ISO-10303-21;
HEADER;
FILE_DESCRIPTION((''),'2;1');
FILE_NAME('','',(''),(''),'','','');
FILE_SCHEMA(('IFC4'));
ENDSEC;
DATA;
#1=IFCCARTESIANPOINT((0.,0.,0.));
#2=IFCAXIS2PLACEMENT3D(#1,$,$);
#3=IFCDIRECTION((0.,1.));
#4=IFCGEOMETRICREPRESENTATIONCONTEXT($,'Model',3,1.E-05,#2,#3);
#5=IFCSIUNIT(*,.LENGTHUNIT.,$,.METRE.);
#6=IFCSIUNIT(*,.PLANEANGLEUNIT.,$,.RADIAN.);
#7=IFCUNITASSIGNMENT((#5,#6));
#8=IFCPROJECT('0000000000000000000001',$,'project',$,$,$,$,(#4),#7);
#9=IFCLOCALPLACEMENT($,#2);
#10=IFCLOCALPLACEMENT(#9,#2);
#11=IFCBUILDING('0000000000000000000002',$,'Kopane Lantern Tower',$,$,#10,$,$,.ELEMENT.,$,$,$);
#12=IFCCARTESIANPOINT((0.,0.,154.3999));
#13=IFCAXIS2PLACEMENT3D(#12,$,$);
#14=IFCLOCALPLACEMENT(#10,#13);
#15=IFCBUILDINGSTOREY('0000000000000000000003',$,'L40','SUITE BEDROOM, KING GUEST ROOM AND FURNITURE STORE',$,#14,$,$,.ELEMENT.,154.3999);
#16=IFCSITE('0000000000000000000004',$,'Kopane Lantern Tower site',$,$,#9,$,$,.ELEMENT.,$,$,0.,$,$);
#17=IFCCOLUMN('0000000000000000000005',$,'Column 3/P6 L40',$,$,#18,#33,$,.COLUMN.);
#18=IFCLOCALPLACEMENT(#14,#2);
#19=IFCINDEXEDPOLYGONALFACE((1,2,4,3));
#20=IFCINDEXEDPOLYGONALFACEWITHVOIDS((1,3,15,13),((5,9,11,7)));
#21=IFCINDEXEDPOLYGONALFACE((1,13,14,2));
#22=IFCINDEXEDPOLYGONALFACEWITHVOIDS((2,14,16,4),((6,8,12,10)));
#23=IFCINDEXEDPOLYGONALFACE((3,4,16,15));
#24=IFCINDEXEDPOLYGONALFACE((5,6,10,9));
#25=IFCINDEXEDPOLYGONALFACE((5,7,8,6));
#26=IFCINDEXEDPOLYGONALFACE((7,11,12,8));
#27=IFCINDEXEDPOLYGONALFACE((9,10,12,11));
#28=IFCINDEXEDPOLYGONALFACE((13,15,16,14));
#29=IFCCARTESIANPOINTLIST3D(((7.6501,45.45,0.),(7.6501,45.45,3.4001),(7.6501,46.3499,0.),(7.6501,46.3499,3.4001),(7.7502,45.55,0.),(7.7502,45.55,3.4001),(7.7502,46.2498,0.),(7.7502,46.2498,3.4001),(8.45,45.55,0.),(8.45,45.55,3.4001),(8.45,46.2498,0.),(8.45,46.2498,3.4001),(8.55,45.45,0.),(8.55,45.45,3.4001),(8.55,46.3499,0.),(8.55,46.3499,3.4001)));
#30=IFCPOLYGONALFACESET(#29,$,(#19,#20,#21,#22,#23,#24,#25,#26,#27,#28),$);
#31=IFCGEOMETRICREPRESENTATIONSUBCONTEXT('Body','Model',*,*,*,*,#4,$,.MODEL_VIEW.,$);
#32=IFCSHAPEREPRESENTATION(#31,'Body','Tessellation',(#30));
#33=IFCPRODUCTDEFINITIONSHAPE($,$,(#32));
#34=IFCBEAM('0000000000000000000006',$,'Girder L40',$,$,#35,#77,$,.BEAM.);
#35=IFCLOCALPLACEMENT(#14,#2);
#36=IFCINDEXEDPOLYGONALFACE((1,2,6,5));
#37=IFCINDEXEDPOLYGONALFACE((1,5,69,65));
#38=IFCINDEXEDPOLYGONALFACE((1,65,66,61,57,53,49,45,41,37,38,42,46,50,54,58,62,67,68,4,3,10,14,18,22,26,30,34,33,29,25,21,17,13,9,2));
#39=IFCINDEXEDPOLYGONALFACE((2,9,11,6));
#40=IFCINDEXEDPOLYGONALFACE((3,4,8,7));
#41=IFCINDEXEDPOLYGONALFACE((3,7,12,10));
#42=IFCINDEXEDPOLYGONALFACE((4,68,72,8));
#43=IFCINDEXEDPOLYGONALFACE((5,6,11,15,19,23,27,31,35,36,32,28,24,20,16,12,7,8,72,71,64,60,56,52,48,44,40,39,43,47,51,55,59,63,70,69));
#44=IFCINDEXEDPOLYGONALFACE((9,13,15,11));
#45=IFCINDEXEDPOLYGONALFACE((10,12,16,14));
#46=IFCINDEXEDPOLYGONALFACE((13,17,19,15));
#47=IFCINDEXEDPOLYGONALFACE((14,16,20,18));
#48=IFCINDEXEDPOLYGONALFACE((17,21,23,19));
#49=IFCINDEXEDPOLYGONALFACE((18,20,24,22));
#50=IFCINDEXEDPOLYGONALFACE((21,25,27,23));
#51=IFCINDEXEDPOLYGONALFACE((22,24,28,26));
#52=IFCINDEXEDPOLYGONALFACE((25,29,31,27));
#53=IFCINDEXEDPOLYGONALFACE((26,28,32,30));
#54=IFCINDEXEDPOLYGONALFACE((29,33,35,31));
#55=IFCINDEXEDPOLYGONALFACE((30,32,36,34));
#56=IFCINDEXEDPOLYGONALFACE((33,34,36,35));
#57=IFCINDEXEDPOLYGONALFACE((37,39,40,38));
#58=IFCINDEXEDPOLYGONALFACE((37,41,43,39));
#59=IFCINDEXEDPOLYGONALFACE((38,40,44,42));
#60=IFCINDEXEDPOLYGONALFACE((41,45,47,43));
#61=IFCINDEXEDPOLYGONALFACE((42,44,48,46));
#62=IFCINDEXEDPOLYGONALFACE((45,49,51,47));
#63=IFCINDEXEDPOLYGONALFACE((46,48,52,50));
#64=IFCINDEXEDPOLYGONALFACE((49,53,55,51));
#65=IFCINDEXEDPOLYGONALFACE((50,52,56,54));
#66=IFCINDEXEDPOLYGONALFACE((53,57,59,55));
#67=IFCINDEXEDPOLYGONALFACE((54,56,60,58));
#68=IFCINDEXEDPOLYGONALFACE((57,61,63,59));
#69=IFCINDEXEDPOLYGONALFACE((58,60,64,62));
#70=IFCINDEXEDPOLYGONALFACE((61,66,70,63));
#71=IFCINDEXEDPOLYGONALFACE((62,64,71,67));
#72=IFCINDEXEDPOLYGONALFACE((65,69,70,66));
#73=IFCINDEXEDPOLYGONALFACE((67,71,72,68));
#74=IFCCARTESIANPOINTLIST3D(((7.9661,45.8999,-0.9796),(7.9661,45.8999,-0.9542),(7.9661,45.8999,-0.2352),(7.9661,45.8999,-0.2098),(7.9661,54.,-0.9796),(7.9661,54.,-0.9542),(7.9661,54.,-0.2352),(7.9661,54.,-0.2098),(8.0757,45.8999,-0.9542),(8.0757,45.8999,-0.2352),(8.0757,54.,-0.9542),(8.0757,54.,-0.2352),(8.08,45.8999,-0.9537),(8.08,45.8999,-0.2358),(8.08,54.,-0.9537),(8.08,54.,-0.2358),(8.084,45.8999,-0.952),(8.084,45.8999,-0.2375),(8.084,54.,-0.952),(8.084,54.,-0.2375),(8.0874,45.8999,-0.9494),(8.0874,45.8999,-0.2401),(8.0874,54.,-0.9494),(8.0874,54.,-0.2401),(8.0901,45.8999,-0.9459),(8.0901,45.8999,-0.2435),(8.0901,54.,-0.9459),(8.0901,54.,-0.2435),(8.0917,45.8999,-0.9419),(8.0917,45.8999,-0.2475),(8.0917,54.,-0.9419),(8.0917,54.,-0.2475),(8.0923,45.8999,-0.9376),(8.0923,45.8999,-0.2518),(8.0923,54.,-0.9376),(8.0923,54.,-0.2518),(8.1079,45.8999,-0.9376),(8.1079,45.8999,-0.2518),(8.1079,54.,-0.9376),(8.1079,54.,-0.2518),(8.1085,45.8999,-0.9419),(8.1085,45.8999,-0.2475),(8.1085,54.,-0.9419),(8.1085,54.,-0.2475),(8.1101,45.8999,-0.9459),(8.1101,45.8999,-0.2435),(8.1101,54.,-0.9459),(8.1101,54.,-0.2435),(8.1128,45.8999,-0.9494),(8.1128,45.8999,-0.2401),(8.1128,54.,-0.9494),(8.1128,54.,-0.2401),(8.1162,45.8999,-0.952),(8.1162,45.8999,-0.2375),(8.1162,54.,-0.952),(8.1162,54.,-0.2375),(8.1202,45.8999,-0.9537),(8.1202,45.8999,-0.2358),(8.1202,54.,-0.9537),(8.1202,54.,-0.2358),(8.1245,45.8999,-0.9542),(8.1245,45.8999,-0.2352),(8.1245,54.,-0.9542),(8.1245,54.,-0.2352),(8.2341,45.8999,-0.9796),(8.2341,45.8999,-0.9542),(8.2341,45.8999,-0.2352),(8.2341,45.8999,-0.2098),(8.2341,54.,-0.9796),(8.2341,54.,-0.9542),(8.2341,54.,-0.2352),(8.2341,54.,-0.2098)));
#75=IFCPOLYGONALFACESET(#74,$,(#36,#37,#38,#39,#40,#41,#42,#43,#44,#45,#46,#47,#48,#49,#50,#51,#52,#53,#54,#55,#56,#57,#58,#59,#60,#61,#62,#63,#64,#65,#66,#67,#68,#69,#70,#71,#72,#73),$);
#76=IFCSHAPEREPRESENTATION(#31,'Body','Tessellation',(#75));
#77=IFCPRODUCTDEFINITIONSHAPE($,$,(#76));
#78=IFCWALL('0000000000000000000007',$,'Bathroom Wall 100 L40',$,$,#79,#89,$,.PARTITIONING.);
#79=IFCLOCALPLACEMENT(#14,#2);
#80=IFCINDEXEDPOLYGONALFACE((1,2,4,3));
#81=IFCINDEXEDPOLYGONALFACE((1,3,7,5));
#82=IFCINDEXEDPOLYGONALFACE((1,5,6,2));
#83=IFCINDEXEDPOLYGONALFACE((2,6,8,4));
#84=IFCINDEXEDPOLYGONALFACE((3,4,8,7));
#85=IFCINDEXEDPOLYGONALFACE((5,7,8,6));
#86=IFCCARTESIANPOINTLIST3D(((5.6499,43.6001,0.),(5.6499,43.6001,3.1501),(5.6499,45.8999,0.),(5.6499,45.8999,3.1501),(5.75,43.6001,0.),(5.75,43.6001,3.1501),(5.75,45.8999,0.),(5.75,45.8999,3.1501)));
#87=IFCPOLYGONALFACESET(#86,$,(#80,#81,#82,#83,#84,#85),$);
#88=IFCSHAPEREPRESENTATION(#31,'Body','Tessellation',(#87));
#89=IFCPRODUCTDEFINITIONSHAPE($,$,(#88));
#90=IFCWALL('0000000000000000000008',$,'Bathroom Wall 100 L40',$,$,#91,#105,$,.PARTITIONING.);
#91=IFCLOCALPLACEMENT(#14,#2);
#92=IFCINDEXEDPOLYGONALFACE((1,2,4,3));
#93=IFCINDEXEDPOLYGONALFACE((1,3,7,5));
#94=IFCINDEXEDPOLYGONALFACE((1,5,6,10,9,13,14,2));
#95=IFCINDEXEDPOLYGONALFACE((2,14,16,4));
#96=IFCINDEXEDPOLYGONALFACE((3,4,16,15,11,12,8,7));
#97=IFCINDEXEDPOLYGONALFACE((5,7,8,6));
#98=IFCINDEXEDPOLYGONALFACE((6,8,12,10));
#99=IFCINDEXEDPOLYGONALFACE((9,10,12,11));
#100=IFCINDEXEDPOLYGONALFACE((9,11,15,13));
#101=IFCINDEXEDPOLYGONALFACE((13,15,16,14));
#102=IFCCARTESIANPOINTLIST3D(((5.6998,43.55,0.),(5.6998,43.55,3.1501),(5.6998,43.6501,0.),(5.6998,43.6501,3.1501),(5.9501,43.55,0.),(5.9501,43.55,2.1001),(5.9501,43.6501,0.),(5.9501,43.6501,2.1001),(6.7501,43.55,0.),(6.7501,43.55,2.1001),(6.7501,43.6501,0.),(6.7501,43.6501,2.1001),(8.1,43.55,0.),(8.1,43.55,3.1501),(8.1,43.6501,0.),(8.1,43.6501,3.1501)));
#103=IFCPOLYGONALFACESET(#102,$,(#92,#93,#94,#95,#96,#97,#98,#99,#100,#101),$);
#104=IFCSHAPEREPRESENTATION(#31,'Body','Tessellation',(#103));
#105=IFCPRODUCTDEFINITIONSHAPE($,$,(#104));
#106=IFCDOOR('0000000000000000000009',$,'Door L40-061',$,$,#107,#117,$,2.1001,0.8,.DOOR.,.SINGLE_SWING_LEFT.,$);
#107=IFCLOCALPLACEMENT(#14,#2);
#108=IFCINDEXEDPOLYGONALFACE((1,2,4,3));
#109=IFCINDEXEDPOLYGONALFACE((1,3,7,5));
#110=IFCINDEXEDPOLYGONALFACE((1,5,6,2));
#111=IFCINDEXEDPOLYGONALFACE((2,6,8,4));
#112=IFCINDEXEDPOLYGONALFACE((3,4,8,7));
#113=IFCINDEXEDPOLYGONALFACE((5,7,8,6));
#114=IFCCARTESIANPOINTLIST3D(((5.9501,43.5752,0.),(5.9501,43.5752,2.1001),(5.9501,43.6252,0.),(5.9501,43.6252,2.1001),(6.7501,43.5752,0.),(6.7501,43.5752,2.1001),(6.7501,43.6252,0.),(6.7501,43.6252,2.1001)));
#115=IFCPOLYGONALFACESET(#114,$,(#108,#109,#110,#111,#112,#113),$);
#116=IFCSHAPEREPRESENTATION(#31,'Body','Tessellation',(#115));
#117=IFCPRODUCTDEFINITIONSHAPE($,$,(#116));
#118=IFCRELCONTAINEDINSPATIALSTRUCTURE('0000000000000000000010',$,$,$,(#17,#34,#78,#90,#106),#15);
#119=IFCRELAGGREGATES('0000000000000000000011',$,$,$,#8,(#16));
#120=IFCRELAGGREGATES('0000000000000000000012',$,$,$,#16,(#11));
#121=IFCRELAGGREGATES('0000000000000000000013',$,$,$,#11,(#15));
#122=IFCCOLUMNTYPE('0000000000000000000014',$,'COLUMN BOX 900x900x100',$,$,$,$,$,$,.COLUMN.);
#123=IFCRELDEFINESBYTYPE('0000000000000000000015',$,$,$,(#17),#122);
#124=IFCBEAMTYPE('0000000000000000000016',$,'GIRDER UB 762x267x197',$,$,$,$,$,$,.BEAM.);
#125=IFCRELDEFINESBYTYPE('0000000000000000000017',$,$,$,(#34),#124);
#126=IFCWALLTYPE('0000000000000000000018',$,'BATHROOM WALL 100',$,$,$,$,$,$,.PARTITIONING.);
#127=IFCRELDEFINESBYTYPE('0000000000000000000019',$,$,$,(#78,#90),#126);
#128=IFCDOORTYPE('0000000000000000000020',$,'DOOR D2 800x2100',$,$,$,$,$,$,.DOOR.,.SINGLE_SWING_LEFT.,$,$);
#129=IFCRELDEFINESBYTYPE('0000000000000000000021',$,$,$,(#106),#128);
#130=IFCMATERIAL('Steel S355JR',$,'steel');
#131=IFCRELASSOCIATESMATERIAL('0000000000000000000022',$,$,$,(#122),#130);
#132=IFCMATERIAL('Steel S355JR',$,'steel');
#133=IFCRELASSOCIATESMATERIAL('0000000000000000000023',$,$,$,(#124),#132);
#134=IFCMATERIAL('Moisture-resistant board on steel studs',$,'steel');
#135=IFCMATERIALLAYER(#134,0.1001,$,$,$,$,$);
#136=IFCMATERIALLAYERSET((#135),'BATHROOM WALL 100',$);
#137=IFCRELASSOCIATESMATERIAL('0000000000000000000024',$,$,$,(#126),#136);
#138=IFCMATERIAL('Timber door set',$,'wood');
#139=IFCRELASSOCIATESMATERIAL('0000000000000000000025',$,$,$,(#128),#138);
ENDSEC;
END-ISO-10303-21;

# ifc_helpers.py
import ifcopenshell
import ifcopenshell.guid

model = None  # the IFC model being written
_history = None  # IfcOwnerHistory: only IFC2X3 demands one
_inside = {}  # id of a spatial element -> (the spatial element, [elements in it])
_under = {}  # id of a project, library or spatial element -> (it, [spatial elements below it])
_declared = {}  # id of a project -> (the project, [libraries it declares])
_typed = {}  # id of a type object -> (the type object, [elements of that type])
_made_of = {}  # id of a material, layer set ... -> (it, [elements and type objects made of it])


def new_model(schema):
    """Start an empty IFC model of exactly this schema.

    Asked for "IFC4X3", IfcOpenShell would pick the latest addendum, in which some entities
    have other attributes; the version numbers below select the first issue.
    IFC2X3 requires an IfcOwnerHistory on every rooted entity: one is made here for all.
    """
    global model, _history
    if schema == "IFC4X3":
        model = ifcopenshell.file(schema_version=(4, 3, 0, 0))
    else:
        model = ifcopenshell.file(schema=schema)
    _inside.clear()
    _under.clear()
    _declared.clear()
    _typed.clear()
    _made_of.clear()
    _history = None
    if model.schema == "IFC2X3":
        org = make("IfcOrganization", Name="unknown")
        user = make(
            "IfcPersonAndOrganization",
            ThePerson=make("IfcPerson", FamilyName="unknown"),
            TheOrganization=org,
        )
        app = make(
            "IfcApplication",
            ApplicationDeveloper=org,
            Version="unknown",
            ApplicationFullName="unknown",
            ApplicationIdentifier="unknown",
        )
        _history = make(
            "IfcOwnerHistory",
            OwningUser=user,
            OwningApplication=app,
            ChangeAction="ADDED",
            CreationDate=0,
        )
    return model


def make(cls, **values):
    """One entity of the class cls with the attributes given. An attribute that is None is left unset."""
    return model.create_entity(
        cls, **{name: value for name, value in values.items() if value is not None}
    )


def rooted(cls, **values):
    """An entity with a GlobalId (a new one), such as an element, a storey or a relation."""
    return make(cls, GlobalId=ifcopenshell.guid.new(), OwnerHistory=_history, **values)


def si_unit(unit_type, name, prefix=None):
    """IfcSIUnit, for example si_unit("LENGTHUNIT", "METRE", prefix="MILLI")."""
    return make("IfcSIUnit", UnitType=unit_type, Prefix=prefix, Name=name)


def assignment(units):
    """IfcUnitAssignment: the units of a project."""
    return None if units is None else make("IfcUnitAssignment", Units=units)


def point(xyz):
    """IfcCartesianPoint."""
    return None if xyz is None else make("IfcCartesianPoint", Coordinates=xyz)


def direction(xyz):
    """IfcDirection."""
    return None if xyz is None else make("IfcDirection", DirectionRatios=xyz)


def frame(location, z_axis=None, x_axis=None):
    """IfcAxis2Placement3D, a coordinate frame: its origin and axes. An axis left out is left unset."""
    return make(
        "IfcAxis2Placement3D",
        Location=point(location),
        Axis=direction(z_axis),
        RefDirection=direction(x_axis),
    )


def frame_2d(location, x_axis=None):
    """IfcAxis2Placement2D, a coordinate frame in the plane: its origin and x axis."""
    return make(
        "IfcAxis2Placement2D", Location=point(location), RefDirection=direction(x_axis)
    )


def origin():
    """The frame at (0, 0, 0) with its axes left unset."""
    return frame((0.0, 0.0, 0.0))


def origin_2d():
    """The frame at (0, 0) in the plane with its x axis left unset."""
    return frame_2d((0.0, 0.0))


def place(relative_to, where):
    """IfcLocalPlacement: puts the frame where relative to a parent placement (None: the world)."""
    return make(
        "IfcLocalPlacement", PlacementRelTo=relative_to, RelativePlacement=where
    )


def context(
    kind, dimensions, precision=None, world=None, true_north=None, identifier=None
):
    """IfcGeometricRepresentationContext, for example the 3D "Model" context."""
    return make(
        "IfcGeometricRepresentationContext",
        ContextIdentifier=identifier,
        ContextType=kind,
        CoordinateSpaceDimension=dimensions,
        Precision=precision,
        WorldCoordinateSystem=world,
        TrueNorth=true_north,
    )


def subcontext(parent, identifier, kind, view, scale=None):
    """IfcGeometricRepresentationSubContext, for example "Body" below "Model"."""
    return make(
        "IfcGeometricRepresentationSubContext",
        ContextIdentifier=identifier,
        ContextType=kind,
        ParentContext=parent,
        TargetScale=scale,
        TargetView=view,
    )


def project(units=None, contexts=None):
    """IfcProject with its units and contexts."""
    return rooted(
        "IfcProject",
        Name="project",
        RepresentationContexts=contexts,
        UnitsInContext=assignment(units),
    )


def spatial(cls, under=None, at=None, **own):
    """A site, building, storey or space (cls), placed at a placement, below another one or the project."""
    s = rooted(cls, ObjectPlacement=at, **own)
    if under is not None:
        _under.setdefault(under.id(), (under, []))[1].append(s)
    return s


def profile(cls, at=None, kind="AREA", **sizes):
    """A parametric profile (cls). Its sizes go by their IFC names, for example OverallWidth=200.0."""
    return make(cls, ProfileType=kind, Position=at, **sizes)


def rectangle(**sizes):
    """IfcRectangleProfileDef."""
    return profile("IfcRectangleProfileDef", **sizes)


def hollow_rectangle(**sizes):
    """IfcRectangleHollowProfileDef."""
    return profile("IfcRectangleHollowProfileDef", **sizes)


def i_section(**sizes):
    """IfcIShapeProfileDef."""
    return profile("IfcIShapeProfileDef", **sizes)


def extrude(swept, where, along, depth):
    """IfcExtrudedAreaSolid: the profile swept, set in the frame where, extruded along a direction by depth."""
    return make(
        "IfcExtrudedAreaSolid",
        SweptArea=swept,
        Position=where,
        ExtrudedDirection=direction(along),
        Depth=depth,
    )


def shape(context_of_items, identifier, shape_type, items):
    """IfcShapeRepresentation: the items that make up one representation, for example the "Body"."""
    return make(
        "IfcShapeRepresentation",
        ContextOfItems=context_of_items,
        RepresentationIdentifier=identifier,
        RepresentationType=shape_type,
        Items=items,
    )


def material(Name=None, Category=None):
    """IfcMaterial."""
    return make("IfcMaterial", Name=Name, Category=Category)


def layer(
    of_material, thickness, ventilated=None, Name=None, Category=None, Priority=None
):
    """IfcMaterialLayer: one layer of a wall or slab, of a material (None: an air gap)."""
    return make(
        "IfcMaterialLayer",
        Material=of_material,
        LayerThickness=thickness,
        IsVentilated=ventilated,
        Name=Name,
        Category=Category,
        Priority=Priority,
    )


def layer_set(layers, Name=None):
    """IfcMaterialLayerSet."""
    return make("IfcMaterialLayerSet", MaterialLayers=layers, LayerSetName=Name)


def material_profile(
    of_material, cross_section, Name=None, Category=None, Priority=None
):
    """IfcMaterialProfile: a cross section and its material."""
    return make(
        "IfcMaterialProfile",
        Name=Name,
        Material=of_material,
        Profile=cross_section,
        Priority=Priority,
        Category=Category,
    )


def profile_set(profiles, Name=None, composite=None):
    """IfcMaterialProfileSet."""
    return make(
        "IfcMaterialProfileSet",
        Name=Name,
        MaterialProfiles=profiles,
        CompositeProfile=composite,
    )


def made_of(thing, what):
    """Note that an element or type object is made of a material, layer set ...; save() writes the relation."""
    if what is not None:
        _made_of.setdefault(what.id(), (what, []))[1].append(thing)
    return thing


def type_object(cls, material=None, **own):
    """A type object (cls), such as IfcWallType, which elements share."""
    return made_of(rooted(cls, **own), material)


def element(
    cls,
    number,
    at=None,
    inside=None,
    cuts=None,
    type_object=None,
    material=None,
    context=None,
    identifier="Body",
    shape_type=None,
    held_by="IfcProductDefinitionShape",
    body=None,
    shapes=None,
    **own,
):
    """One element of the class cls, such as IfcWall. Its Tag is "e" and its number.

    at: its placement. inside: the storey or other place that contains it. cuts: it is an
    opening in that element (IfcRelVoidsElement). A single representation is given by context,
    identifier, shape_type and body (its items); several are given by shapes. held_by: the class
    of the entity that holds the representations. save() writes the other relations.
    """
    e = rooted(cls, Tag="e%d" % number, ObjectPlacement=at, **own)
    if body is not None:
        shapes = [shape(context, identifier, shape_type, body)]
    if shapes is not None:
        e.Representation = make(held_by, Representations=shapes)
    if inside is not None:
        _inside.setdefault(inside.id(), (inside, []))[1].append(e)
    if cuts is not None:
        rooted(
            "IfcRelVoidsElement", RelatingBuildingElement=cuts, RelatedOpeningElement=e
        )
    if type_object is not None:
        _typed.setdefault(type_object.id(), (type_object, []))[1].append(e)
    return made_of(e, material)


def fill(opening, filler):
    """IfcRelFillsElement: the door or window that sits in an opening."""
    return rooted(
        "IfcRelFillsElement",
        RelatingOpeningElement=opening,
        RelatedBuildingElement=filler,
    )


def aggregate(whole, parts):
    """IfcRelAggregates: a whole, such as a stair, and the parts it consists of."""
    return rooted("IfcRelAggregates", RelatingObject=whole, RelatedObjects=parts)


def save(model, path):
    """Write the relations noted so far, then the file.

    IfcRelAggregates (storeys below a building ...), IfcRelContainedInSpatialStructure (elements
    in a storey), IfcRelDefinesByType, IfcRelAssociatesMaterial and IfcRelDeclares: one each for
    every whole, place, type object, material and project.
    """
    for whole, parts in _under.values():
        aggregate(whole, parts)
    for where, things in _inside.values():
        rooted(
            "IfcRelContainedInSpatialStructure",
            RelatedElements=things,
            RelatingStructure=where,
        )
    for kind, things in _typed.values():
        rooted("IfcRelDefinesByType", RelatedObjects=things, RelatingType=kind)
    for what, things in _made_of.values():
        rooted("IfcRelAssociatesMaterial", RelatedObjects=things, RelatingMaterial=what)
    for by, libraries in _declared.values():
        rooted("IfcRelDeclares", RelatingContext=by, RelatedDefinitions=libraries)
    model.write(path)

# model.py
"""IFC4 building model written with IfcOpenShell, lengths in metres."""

from ifc_helpers import new_model, si_unit, direction, frame, frame_2d, origin, origin_2d, place, context, subcontext, project, spatial, rectangle, hollow_rectangle, i_section, extrude, material, layer, layer_set, material_profile, profile_set, type_object, element, fill, save


model = new_model("IFC4")

# Units and contexts
model_context = context("Model", 3, precision=1e-05, world=origin(), true_north=direction((0.0, 1.0)))
body_context = subcontext(model_context, "Body", "Model", "MODEL_VIEW")
ifc_project = project(units=[si_unit("LENGTHUNIT", "METRE"), si_unit("PLANEANGLEUNIT", "RADIAN")], contexts=[model_context])

# Site, building, storey
site_placement = place(None, origin())
site = spatial("IfcSite", under=ifc_project, at=site_placement, Name="Kopane Lantern Tower site", CompositionType="ELEMENT", RefElevation=0.0)
building_placement = place(site_placement, origin())
building = spatial("IfcBuilding", under=site, at=building_placement, Name="Kopane Lantern Tower", CompositionType="ELEMENT")
storey_placement = place(building_placement, frame((0.0, 0.0, 154.3999)))
storey = spatial("IfcBuildingStorey", under=building, at=storey_placement, Name="L40", Description="SUITE BEDROOM, KING GUEST ROOM AND FURNITURE STORE", CompositionType="ELEMENT", Elevation=154.3999)

# Column
ifc_material_1 = material(Name="Steel S355JR", Category="steel")
ifc_material_profile_1 = material_profile(ifc_material_1, hollow_rectangle(XDim=0.8999, YDim=0.8999, WallThickness=0.1001, at=origin_2d()), Name="BOX 900x900x100")
ifc_profile_set_1 = profile_set([ifc_material_profile_1], Name="Steel S355JR")
column_type = type_object("IfcColumnType", Name="COLUMN BOX 900x900x100", PredefinedType="COLUMN", material=ifc_profile_set_1)
column_placement = place(storey_placement, frame((8.1001, 45.8999, 0.0), z_axis=(0.0, 0.0, 1.0), x_axis=(1.0, 0.0, 0.0)))
element("IfcColumn", 1, at=column_placement, inside=storey, type_object=column_type, Name="Column 3/P6 L40", PredefinedType="COLUMN", context=body_context, shape_type="SweptSolid", body=[
    extrude(hollow_rectangle(XDim=0.8999, YDim=0.8999, WallThickness=0.1001, at=origin_2d()), origin(), (0.0, 0.0, 1.0), 3.4001),
])

# Beam
ifc_material_2 = material(Name="Steel S355JR", Category="steel")
ifc_material_profile_2 = material_profile(ifc_material_2, i_section(OverallWidth=0.2681, OverallDepth=0.7698, WebThickness=0.0156, FlangeThickness=0.0254, FilletRadius=0.0166, at=origin_2d()), Name="UB 762x267x197")
ifc_profile_set_2 = profile_set([ifc_material_profile_2], Name="Steel S355JR")
beam_type = type_object("IfcBeamType", Name="GIRDER UB 762x267x197", PredefinedType="BEAM", material=ifc_profile_set_2)
beam_placement = place(storey_placement, frame((8.1001, 45.8999, -0.5947), z_axis=(0.0, 1.0, 0.0), x_axis=(-1.0, 0.0, 0.0)))
element("IfcBeam", 2, at=beam_placement, inside=storey, type_object=beam_type, Name="Girder L40", PredefinedType="BEAM", context=body_context, shape_type="SweptSolid", body=[
    extrude(i_section(OverallWidth=0.2681, OverallDepth=0.7698, WebThickness=0.0156, FlangeThickness=0.0254, FilletRadius=0.0166, at=origin_2d()), origin(), (0.0, 0.0, 1.0), 8.1001),
])

# Wall
ifc_material_3 = material(Name="Moisture-resistant board on steel studs", Category="steel")
ifc_layer_1 = layer(ifc_material_3, 0.1001)
ifc_layer_set_1 = layer_set([ifc_layer_1], Name="BATHROOM WALL 100")
wall_type_1 = type_object("IfcWallType", Name="BATHROOM WALL 100", PredefinedType="PARTITIONING", material=ifc_layer_set_1)
wall_1_placement = place(storey_placement, frame((5.7, 43.6001, 0.0), z_axis=(0.0, 0.0, 1.0), x_axis=(0.0, 1.0, 0.0)))
element("IfcWall", 3, at=wall_1_placement, inside=storey, type_object=wall_type_1, Name="Bathroom Wall 100 L40", PredefinedType="PARTITIONING", context=body_context, shape_type="SweptSolid", body=[
    extrude(rectangle(XDim=2.2998, YDim=0.1001, at=frame_2d((1.1499, 0.0))), origin(), (0.0, 0.0, 1.0), 3.1501),
])

# Wall, opening, door
wall_2_placement = place(storey_placement, frame((8.1001, 43.6001, 0.0), z_axis=(0.0, 0.0, 1.0), x_axis=(-1.0, 0.0, 0.0)))
wall_2 = element("IfcWall", 4, at=wall_2_placement, inside=storey, type_object=wall_type_1, Name="Bathroom Wall 100 L40", PredefinedType="PARTITIONING", context=body_context, shape_type="SweptSolid", body=[
    extrude(rectangle(XDim=2.4001, YDim=0.1001, at=frame_2d((1.2002, 0.0))), origin(), (0.0, 0.0, 1.0), 3.1501),
])
opening_1_placement = place(wall_2_placement, frame((1.3501, 0.0, 0.0)))
opening_1 = element("IfcOpeningElement", 5, at=opening_1_placement, cuts=wall_2, PredefinedType="OPENING", context=body_context, shape_type="SweptSolid", body=[
    extrude(rectangle(XDim=0.8, YDim=2.1001, at=frame_2d((0.3999, 1.05))), frame((0.0, 0.0601, 0.0), z_axis=(0.0, -1.0, 0.0), x_axis=(1.0, 0.0, 0.0)), (0.0, 0.0, 1.0), 0.1201),
])
ifc_material_4 = material(Name="Timber door set", Category="wood")
door_type_1 = type_object("IfcDoorType", Name="DOOR D2 800x2100", OperationType="SINGLE_SWING_LEFT", PredefinedType="DOOR", material=ifc_material_4)
door_1_placement = place(opening_1_placement, origin())
door_1 = element("IfcDoor", 6, at=door_1_placement, inside=storey, type_object=door_type_1, Name="Door L40-061", OperationType="SINGLE_SWING_LEFT", OverallHeight=2.1001, OverallWidth=0.8, PredefinedType="DOOR", context=body_context, shape_type="SweptSolid", body=[
    extrude(rectangle(XDim=0.8, YDim=2.1001, at=frame_2d((0.3999, 1.05))), frame((0.0, 0.0249, 0.0), z_axis=(0.0, -1.0, 0.0), x_axis=(1.0, 0.0, 0.0)), (0.0, 0.0, 1.0), 0.05),
])
fill(opening_1, door_1)

save(model, "model.ifc")
